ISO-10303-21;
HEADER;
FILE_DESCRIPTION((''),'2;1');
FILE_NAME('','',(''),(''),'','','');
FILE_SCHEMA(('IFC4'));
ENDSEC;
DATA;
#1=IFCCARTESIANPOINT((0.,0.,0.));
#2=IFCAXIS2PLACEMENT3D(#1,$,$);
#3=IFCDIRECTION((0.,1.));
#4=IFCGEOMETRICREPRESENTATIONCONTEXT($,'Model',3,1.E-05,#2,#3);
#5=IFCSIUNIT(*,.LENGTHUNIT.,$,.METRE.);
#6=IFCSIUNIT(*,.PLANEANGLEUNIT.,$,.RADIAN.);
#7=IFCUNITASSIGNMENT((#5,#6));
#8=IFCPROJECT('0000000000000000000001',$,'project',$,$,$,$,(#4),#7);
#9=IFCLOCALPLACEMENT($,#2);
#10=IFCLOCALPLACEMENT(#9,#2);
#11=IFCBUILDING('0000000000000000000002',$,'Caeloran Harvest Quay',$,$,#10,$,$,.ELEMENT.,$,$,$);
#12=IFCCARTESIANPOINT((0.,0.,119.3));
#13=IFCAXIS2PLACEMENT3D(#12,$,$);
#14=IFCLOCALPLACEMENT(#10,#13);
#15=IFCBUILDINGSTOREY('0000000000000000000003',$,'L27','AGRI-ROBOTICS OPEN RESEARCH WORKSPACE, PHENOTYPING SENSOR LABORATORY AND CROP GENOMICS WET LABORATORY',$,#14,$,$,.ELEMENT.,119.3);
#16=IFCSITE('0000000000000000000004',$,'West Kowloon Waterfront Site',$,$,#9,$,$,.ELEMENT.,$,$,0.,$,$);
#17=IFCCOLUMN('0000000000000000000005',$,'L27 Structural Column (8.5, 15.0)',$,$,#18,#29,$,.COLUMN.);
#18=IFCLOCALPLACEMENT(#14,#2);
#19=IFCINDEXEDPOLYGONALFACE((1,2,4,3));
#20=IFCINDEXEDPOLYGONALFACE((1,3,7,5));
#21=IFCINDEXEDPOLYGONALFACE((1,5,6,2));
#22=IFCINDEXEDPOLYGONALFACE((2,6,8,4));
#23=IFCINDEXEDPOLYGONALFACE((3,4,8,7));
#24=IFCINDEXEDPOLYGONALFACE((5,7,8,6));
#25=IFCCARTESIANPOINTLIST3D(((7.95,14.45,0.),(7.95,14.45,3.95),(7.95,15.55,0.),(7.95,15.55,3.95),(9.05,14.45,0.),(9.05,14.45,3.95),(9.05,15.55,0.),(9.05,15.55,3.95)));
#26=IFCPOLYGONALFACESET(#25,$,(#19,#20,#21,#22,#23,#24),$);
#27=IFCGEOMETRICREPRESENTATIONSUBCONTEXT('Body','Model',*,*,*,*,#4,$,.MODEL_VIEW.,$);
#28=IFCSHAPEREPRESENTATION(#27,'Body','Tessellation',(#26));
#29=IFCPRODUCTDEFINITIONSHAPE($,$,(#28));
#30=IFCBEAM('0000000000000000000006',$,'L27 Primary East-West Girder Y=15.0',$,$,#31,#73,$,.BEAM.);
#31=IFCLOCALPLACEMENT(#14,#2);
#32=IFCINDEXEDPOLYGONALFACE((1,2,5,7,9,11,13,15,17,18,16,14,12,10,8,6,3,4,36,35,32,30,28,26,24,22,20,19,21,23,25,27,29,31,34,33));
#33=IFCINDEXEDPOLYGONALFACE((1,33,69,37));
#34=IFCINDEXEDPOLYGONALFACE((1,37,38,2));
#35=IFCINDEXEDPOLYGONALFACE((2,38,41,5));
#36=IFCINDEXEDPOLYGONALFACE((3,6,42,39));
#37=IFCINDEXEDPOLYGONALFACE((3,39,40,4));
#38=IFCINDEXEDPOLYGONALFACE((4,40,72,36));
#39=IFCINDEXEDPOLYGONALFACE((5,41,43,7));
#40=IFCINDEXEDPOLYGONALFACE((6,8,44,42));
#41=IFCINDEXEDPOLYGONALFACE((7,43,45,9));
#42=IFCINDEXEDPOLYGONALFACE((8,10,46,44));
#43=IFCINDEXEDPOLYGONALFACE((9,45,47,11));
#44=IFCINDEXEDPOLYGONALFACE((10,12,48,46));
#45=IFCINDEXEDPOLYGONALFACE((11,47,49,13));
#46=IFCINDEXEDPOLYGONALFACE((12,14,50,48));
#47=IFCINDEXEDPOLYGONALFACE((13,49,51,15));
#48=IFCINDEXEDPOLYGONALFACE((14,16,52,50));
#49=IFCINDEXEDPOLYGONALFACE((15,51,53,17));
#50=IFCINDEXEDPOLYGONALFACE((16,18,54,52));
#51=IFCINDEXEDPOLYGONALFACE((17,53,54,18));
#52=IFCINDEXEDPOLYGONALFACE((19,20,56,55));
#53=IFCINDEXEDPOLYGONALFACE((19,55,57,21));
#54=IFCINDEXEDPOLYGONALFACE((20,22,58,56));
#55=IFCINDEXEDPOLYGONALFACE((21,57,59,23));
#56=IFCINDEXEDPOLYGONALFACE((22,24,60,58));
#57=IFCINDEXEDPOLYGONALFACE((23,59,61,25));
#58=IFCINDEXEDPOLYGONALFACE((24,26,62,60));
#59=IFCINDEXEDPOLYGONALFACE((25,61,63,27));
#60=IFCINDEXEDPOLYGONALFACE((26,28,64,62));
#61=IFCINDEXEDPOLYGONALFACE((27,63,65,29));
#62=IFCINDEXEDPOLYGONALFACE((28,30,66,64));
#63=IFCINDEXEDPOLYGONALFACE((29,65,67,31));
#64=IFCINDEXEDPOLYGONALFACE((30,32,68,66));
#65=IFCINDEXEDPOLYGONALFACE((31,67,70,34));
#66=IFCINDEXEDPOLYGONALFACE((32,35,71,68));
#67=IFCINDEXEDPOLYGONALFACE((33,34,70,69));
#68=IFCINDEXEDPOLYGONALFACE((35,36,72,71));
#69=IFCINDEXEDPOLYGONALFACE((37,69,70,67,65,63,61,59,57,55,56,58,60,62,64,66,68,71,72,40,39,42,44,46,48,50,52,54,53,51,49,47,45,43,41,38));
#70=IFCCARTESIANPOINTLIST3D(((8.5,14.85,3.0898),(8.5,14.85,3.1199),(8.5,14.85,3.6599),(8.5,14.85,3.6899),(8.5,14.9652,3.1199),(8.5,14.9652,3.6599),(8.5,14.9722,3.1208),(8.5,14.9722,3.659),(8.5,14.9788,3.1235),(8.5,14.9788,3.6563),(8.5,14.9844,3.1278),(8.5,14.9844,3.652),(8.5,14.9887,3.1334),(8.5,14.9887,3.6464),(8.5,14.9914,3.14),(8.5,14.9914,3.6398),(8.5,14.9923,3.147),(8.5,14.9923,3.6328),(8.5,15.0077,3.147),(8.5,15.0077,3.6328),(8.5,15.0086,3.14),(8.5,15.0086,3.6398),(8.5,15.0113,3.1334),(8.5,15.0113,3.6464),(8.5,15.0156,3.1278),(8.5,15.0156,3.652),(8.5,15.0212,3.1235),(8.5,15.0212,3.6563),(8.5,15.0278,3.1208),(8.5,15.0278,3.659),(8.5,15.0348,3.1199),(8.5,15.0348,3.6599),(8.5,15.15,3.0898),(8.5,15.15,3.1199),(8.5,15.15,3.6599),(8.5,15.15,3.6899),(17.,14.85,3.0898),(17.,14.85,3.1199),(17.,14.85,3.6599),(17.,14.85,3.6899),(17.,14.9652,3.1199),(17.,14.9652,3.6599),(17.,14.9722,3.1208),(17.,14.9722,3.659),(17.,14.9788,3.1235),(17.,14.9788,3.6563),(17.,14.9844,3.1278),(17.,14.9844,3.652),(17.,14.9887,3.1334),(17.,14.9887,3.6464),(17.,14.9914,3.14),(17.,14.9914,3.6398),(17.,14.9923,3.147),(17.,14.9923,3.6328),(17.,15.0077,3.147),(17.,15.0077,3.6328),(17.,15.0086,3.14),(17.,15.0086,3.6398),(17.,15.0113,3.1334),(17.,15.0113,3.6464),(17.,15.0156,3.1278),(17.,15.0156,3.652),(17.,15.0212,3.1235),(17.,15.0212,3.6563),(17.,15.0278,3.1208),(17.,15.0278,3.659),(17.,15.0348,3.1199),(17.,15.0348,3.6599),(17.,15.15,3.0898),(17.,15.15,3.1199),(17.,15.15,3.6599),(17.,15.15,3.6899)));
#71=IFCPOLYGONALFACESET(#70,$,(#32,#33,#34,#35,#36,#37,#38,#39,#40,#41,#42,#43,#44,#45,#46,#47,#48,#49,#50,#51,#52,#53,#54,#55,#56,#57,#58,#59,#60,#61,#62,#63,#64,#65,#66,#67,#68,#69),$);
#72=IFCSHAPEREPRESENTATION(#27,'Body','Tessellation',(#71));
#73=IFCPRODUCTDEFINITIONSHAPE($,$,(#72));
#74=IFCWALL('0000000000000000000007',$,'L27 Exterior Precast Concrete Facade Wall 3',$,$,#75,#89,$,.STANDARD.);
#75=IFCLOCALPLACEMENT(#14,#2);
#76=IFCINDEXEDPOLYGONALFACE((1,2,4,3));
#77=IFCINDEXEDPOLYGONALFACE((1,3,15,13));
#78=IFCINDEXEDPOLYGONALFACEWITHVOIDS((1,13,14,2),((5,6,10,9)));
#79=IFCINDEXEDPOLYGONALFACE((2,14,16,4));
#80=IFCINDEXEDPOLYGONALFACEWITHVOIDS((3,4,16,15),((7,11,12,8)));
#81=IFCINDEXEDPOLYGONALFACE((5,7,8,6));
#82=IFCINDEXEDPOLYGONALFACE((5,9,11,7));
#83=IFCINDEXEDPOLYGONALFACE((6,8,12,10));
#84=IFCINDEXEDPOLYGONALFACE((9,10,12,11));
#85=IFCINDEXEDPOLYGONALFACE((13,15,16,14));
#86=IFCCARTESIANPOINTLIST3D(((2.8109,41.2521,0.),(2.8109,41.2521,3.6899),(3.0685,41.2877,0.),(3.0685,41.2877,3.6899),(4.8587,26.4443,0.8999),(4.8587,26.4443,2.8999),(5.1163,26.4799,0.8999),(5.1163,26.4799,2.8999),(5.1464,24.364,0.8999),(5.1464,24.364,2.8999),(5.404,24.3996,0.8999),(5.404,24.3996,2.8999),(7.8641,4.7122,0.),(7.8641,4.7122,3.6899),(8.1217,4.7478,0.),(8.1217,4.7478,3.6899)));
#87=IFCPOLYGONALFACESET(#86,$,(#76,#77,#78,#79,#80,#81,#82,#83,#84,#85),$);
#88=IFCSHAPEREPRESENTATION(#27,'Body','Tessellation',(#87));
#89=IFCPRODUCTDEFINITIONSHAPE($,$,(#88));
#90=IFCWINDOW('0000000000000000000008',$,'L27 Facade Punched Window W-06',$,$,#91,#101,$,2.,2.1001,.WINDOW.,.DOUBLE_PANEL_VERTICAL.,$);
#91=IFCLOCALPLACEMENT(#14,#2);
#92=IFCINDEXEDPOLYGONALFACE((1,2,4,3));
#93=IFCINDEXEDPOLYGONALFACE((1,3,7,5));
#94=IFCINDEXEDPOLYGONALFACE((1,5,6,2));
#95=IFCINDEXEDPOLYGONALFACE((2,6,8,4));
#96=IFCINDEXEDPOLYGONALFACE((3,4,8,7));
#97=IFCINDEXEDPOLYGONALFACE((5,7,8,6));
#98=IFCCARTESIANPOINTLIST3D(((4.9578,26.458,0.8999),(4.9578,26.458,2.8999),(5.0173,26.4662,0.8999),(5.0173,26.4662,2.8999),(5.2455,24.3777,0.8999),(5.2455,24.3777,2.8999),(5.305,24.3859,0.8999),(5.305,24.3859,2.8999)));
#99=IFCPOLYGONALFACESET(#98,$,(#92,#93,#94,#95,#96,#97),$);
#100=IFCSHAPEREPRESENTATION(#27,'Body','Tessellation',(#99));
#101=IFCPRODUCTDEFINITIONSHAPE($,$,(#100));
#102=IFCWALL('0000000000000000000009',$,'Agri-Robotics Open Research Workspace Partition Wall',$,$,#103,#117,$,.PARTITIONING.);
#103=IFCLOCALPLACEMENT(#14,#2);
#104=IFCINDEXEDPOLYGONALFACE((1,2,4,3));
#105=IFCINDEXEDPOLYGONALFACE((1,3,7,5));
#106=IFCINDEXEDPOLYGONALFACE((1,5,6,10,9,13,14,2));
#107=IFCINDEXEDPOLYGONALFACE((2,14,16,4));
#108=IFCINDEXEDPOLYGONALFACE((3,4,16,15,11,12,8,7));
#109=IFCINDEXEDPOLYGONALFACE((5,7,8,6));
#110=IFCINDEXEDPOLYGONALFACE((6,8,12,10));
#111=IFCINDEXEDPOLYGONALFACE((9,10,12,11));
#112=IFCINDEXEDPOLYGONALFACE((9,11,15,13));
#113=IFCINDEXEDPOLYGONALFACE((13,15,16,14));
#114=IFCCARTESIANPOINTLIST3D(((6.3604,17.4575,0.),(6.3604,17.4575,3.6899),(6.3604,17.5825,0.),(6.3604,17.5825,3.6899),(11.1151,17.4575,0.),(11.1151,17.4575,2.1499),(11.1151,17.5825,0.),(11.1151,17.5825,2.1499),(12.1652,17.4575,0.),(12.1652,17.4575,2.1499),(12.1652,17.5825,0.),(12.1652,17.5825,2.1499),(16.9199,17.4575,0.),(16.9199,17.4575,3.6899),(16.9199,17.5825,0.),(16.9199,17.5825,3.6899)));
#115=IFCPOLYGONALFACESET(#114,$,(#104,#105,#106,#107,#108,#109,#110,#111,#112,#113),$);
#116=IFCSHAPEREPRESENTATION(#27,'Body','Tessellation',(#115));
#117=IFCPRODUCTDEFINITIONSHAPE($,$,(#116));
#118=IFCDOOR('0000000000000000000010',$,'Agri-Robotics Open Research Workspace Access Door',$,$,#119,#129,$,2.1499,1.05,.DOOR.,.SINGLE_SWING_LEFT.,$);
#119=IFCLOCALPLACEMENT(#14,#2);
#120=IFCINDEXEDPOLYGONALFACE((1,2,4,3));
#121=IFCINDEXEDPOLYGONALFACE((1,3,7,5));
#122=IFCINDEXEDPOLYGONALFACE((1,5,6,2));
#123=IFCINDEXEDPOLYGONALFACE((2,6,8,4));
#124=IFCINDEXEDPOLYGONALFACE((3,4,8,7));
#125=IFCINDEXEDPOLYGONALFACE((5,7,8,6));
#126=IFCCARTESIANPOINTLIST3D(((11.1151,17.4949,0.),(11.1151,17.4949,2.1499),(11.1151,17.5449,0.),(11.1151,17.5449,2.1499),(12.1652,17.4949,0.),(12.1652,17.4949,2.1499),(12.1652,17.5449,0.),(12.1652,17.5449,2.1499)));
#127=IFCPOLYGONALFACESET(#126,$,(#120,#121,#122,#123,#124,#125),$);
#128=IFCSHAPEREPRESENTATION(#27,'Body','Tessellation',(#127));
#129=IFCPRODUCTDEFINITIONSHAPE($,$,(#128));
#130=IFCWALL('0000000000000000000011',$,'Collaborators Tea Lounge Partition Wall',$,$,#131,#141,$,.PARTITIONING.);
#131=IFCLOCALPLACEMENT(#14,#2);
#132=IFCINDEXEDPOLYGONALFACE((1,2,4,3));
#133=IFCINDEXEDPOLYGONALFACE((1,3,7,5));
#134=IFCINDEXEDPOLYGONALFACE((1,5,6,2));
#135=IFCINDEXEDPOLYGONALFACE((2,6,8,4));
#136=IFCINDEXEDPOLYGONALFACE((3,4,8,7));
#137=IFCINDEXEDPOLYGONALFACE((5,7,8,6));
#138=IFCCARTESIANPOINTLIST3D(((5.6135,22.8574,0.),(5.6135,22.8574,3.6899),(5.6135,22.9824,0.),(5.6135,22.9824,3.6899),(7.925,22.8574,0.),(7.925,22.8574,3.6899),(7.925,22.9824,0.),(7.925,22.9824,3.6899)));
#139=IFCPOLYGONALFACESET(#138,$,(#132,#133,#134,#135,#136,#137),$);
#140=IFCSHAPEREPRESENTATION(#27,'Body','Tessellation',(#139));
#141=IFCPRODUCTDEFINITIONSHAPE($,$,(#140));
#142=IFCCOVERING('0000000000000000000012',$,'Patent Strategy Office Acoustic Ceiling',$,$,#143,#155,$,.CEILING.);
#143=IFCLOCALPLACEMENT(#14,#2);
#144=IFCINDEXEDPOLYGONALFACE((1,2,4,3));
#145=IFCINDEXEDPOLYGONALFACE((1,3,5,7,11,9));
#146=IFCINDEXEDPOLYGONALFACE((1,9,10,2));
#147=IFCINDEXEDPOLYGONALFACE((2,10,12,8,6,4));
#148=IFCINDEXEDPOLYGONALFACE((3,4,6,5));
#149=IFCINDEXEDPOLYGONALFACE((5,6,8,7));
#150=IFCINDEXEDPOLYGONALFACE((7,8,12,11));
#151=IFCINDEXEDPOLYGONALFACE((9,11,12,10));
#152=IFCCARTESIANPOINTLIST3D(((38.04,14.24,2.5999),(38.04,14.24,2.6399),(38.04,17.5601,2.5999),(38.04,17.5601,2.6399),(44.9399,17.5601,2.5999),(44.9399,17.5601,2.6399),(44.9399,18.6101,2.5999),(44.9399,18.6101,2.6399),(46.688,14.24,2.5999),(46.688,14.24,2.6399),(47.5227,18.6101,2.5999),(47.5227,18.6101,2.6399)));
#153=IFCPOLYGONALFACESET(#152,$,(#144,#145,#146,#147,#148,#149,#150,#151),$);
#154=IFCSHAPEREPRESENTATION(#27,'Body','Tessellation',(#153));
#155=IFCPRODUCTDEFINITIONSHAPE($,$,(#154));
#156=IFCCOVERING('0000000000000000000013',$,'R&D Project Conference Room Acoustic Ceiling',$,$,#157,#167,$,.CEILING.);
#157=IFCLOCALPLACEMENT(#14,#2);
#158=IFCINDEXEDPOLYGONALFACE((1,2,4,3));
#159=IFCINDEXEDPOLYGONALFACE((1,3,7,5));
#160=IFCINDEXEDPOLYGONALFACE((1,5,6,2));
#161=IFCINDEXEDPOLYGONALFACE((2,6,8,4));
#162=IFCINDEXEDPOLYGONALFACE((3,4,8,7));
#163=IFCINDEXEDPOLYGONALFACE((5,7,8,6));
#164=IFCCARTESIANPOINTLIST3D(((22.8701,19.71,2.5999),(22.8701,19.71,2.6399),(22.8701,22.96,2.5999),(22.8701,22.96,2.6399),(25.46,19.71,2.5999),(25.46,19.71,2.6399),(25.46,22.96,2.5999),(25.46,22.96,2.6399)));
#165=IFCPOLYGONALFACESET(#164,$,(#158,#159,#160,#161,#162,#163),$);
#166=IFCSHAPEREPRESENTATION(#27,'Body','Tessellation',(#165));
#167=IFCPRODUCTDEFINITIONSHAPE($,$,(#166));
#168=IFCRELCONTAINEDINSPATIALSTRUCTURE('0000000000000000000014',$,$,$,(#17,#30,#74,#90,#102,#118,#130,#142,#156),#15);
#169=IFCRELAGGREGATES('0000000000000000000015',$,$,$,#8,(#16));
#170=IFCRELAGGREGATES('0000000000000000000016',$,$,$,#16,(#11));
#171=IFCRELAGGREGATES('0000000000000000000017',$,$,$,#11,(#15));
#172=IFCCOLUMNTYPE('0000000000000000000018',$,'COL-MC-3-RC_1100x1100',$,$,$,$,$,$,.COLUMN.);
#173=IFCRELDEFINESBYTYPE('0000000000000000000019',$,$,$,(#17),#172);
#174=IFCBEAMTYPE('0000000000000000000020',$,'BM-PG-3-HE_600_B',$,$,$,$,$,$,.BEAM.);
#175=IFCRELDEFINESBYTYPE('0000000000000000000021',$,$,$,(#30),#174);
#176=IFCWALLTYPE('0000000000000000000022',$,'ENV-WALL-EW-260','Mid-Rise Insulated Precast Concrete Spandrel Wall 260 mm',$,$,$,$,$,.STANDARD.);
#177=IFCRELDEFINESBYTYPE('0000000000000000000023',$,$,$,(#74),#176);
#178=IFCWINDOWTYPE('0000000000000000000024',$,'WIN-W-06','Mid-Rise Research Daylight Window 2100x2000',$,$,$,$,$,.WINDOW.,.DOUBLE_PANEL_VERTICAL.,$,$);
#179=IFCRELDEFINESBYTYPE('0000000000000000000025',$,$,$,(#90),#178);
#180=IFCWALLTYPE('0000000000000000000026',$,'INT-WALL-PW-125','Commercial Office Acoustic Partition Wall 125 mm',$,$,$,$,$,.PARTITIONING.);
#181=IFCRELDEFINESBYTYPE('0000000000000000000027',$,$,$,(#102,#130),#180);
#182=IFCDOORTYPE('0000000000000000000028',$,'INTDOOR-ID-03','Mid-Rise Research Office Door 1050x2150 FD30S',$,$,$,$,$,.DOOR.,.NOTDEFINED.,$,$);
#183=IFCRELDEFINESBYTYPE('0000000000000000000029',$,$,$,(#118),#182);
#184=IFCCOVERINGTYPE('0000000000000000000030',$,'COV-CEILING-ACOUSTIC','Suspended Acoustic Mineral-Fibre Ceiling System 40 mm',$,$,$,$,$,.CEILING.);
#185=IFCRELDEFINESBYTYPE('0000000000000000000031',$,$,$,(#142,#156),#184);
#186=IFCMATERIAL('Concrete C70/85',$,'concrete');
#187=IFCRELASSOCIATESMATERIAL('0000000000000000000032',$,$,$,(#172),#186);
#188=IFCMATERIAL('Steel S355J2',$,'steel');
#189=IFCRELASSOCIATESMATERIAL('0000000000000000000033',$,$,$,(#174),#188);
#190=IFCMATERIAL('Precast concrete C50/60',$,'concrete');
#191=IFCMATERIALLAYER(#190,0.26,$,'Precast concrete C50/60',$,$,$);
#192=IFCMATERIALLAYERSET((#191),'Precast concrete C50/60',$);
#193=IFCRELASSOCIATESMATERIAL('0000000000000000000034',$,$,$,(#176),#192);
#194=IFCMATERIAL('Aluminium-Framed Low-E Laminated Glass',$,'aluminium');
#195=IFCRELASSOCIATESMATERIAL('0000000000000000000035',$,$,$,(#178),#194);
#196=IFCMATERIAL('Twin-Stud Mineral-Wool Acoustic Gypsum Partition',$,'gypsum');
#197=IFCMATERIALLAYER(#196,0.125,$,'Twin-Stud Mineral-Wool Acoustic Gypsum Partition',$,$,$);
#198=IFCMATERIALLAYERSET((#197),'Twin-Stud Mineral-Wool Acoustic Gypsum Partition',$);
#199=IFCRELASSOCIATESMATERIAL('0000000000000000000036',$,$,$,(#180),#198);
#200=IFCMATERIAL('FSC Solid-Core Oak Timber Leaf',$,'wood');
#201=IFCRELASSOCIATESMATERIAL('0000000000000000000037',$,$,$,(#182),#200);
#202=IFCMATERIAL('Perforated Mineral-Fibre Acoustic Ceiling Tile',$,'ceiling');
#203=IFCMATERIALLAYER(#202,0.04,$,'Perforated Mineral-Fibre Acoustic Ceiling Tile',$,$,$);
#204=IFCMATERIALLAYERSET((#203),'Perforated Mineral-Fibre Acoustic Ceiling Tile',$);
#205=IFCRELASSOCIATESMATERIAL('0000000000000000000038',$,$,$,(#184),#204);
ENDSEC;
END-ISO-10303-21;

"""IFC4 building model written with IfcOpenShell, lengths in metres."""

from ifc_helpers import new_model, si_unit, direction, frame, frame_2d, origin, origin_2d, place, context, subcontext, project, spatial, polyline, rectangle, i_section, outline, extrude, material, layer, layer_set, material_profile, profile_set, type_object, element, fill, save


model = new_model("IFC4")

# Units and contexts
model_context = context("Model", 3, precision=1e-05, world=origin(), true_north=direction((0.0, 1.0)))
body_context = subcontext(model_context, "Body", "Model", "MODEL_VIEW")
ifc_project = project(units=[si_unit("LENGTHUNIT", "METRE"), si_unit("PLANEANGLEUNIT", "RADIAN")], contexts=[model_context])

# Site, building, storey
site_placement = place(None, origin())
site = spatial("IfcSite", under=ifc_project, at=site_placement, Name="West Kowloon Waterfront Site", CompositionType="ELEMENT", RefElevation=0.0)
building_placement = place(site_placement, origin())
building = spatial("IfcBuilding", under=site, at=building_placement, Name="Caeloran Harvest Quay", CompositionType="ELEMENT")
storey_placement = place(building_placement, frame((0.0, 0.0, 119.3)))
storey = spatial("IfcBuildingStorey", under=building, at=storey_placement, Name="L27", Description="AGRI-ROBOTICS OPEN RESEARCH WORKSPACE, PHENOTYPING SENSOR LABORATORY AND CROP GENOMICS WET LABORATORY", CompositionType="ELEMENT", Elevation=119.3)

# Column
ifc_material_1 = material(Name="Concrete C70/85", Category="concrete")
ifc_material_profile_1 = material_profile(ifc_material_1, rectangle(XDim=1.1001, YDim=1.1001, at=origin_2d()), Name="RC 1100x1100")
ifc_profile_set_1 = profile_set([ifc_material_profile_1], Name="Concrete C70/85")
column_type = type_object("IfcColumnType", Name="COL-MC-3-RC_1100x1100", PredefinedType="COLUMN", material=ifc_profile_set_1)
column_placement = place(storey_placement, frame((8.5, 15.0, 0.0), z_axis=(0.0, 0.0, 1.0), x_axis=(1.0, 0.0, 0.0)))
element("IfcColumn", 1, at=column_placement, inside=storey, type_object=column_type, Name="L27 Structural Column (8.5, 15.0)", PredefinedType="COLUMN", context=body_context, shape_type="SweptSolid", body=[
    extrude(rectangle(XDim=1.1001, YDim=1.1001, at=origin_2d()), origin(), (0.0, 0.0, 1.0), 3.95),
])

# Beam
ifc_material_2 = material(Name="Steel S355J2", Category="steel")
ifc_material_profile_2 = material_profile(ifc_material_2, i_section(OverallWidth=0.3, OverallDepth=0.6001, WebThickness=0.0154, FlangeThickness=0.03, FilletRadius=0.0271, at=origin_2d()), Name="HE 600 B")
ifc_profile_set_2 = profile_set([ifc_material_profile_2], Name="Steel S355J2")
beam_type = type_object("IfcBeamType", Name="BM-PG-3-HE_600_B", PredefinedType="BEAM", material=ifc_profile_set_2)
beam_placement = place(storey_placement, frame((8.5, 15.0, 3.3899), z_axis=(1.0, 0.0, 0.0), x_axis=(0.0, 1.0, 0.0)))
element("IfcBeam", 2, at=beam_placement, inside=storey, type_object=beam_type, Name="L27 Primary East-West Girder Y=15.0", PredefinedType="BEAM", context=body_context, shape_type="SweptSolid", body=[
    extrude(i_section(OverallWidth=0.3, OverallDepth=0.6001, WebThickness=0.0154, FlangeThickness=0.03, FilletRadius=0.0271, at=origin_2d()), origin(), (0.0, 0.0, 1.0), 8.5),
])

# Wall, opening, window
ifc_material_3 = material(Name="Precast concrete C50/60", Category="concrete")
ifc_layer_1 = layer(ifc_material_3, 0.26, Name="Precast concrete C50/60")
ifc_layer_set_1 = layer_set([ifc_layer_1], Name="Precast concrete C50/60")
wall_type_1 = type_object("IfcWallType", Name="ENV-WALL-EW-260", Description="Mid-Rise Insulated Precast Concrete Spandrel Wall 260 mm", PredefinedType="STANDARD", material=ifc_layer_set_1)
wall_1_placement = place(storey_placement, frame((7.9929, 4.73, 0.0), z_axis=(0.0, 0.0, 1.0), x_axis=(-0.136989, 0.990573, 0.0)))
wall_1 = element("IfcWall", 3, at=wall_1_placement, inside=storey, type_object=wall_type_1, Name="L27 Exterior Precast Concrete Facade Wall 3", PredefinedType="STANDARD", context=body_context, shape_type="SweptSolid", body=[
    extrude(rectangle(XDim=36.8877, YDim=0.26, at=frame_2d((18.4438, 0.0))), origin(), (0.0, 0.0, 1.0), 3.6899),
])
opening_1_placement = place(wall_1_placement, frame((19.8389, 0.0, 0.8999)))
opening_1 = element("IfcOpeningElement", 4, at=opening_1_placement, cuts=wall_1, PredefinedType="OPENING", context=body_context, shape_type="SweptSolid", body=[
    extrude(rectangle(XDim=2.1001, YDim=2.0, at=frame_2d((1.05, 1.0))), frame((0.0, 0.1401, 0.0), z_axis=(0.0, -1.0, 0.0), x_axis=(1.0, 0.0, 0.0)), (0.0, 0.0, 1.0), 0.28),
])
ifc_material_4 = material(Name="Aluminium-Framed Low-E Laminated Glass", Category="aluminium")
window_type = type_object("IfcWindowType", Name="WIN-W-06", Description="Mid-Rise Research Daylight Window 2100x2000", PartitioningType="DOUBLE_PANEL_VERTICAL", PredefinedType="WINDOW", material=ifc_material_4)
window_placement = place(opening_1_placement, origin())
window = element("IfcWindow", 5, at=window_placement, inside=storey, type_object=window_type, Name="L27 Facade Punched Window W-06", OverallHeight=2.0, OverallWidth=2.1001, PartitioningType="DOUBLE_PANEL_VERTICAL", PredefinedType="WINDOW", context=body_context, shape_type="SweptSolid", body=[
    extrude(rectangle(XDim=2.1001, YDim=2.0, at=frame_2d((1.05, 1.0))), frame((0.0, 0.03, 0.0), z_axis=(0.0, -1.0, 0.0), x_axis=(1.0, 0.0, 0.0)), (0.0, 0.0, 1.0), 0.0601),
])
fill(opening_1, window)

# Wall, opening, door
ifc_material_5 = material(Name="Twin-Stud Mineral-Wool Acoustic Gypsum Partition", Category="gypsum")
ifc_layer_2 = layer(ifc_material_5, 0.125, Name="Twin-Stud Mineral-Wool Acoustic Gypsum Partition")
ifc_layer_set_2 = layer_set([ifc_layer_2], Name="Twin-Stud Mineral-Wool Acoustic Gypsum Partition")
wall_type_2 = type_object("IfcWallType", Name="INT-WALL-PW-125", Description="Commercial Office Acoustic Partition Wall 125 mm", PredefinedType="PARTITIONING", material=ifc_layer_set_2)
wall_2_placement = place(storey_placement, frame((6.3604, 17.52, 0.0), z_axis=(0.0, 0.0, 1.0), x_axis=(1.0, 0.0, 0.0)))
wall_2 = element("IfcWall", 6, at=wall_2_placement, inside=storey, type_object=wall_type_2, Name="Agri-Robotics Open Research Workspace Partition Wall", PredefinedType="PARTITIONING", context=body_context, shape_type="SweptSolid", body=[
    extrude(rectangle(XDim=10.5596, YDim=0.125, at=frame_2d((5.2798, 0.0))), origin(), (0.0, 0.0, 1.0), 3.6899),
])
opening_2_placement = place(wall_2_placement, frame((4.7549, 0.0, 0.0)))
opening_2 = element("IfcOpeningElement", 7, at=opening_2_placement, cuts=wall_2, PredefinedType="OPENING", context=body_context, shape_type="SweptSolid", body=[
    extrude(rectangle(XDim=1.05, YDim=2.1499, at=frame_2d((0.5249, 1.075))), frame((0.0, 0.0725, 0.0), z_axis=(0.0, -1.0, 0.0), x_axis=(1.0, 0.0, 0.0)), (0.0, 0.0, 1.0), 0.145),
])
ifc_material_6 = material(Name="FSC Solid-Core Oak Timber Leaf", Category="wood")
door_type = type_object("IfcDoorType", Name="INTDOOR-ID-03", Description="Mid-Rise Research Office Door 1050x2150 FD30S", OperationType="NOTDEFINED", PredefinedType="DOOR", material=ifc_material_6)
door_placement = place(opening_2_placement, origin())
door = element("IfcDoor", 8, at=door_placement, inside=storey, type_object=door_type, Name="Agri-Robotics Open Research Workspace Access Door", OperationType="SINGLE_SWING_LEFT", OverallHeight=2.1499, OverallWidth=1.05, PredefinedType="DOOR", context=body_context, shape_type="SweptSolid", body=[
    extrude(rectangle(XDim=1.05, YDim=2.1499, at=frame_2d((0.5249, 1.075))), frame((0.0, 0.0249, 0.0), z_axis=(0.0, -1.0, 0.0), x_axis=(1.0, 0.0, 0.0)), (0.0, 0.0, 1.0), 0.05),
])
fill(opening_2, door)

# Wall
wall_3_placement = place(storey_placement, frame((5.6135, 22.9199, 0.0), z_axis=(0.0, 0.0, 1.0), x_axis=(1.0, 0.0, 0.0)))
element("IfcWall", 9, at=wall_3_placement, inside=storey, type_object=wall_type_2, Name="Collaborators Tea Lounge Partition Wall", PredefinedType="PARTITIONING", context=body_context, shape_type="SweptSolid", body=[
    extrude(rectangle(XDim=2.3115, YDim=0.125, at=frame_2d((1.1558, 0.0))), origin(), (0.0, 0.0, 1.0), 3.6899),
])

# Coverings
ifc_material_7 = material(Name="Perforated Mineral-Fibre Acoustic Ceiling Tile", Category="ceiling")
ifc_layer_3 = layer(ifc_material_7, 0.04, Name="Perforated Mineral-Fibre Acoustic Ceiling Tile")
ifc_layer_set_3 = layer_set([ifc_layer_3], Name="Perforated Mineral-Fibre Acoustic Ceiling Tile")
covering_type_1 = type_object("IfcCoveringType", Name="COV-CEILING-ACOUSTIC", Description="Suspended Acoustic Mineral-Fibre Ceiling System 40 mm", PredefinedType="CEILING", material=ifc_layer_set_3)
covering_1_placement = place(storey_placement, frame((0.0, 0.0, 2.5999)))
element("IfcCovering", 10, at=covering_1_placement, inside=storey, type_object=covering_type_1, Name="Patent Strategy Office Acoustic Ceiling", PredefinedType="CEILING", context=body_context, shape_type="SweptSolid", body=[
    extrude(outline(polyline([(44.9399, 17.5601), (44.9399, 18.6101), (47.5227, 18.6101), (46.688, 14.24), (38.04, 14.24), (38.04, 17.5601), (44.9399, 17.5601)])), origin(), (0.0, 0.0, 1.0), 0.04),
])
covering_2_placement = place(storey_placement, frame((0.0, 0.0, 2.5999)))
element("IfcCovering", 11, at=covering_2_placement, inside=storey, type_object=covering_type_1, Name="R&D Project Conference Room Acoustic Ceiling", PredefinedType="CEILING", context=body_context, shape_type="SweptSolid", body=[
    extrude(outline(polyline([(25.46, 19.71), (22.8701, 19.71), (22.8701, 22.96), (25.46, 22.96), (25.46, 19.71)])), origin(), (0.0, 0.0, 1.0), 0.04),
])

save(model, "model.ifc")
